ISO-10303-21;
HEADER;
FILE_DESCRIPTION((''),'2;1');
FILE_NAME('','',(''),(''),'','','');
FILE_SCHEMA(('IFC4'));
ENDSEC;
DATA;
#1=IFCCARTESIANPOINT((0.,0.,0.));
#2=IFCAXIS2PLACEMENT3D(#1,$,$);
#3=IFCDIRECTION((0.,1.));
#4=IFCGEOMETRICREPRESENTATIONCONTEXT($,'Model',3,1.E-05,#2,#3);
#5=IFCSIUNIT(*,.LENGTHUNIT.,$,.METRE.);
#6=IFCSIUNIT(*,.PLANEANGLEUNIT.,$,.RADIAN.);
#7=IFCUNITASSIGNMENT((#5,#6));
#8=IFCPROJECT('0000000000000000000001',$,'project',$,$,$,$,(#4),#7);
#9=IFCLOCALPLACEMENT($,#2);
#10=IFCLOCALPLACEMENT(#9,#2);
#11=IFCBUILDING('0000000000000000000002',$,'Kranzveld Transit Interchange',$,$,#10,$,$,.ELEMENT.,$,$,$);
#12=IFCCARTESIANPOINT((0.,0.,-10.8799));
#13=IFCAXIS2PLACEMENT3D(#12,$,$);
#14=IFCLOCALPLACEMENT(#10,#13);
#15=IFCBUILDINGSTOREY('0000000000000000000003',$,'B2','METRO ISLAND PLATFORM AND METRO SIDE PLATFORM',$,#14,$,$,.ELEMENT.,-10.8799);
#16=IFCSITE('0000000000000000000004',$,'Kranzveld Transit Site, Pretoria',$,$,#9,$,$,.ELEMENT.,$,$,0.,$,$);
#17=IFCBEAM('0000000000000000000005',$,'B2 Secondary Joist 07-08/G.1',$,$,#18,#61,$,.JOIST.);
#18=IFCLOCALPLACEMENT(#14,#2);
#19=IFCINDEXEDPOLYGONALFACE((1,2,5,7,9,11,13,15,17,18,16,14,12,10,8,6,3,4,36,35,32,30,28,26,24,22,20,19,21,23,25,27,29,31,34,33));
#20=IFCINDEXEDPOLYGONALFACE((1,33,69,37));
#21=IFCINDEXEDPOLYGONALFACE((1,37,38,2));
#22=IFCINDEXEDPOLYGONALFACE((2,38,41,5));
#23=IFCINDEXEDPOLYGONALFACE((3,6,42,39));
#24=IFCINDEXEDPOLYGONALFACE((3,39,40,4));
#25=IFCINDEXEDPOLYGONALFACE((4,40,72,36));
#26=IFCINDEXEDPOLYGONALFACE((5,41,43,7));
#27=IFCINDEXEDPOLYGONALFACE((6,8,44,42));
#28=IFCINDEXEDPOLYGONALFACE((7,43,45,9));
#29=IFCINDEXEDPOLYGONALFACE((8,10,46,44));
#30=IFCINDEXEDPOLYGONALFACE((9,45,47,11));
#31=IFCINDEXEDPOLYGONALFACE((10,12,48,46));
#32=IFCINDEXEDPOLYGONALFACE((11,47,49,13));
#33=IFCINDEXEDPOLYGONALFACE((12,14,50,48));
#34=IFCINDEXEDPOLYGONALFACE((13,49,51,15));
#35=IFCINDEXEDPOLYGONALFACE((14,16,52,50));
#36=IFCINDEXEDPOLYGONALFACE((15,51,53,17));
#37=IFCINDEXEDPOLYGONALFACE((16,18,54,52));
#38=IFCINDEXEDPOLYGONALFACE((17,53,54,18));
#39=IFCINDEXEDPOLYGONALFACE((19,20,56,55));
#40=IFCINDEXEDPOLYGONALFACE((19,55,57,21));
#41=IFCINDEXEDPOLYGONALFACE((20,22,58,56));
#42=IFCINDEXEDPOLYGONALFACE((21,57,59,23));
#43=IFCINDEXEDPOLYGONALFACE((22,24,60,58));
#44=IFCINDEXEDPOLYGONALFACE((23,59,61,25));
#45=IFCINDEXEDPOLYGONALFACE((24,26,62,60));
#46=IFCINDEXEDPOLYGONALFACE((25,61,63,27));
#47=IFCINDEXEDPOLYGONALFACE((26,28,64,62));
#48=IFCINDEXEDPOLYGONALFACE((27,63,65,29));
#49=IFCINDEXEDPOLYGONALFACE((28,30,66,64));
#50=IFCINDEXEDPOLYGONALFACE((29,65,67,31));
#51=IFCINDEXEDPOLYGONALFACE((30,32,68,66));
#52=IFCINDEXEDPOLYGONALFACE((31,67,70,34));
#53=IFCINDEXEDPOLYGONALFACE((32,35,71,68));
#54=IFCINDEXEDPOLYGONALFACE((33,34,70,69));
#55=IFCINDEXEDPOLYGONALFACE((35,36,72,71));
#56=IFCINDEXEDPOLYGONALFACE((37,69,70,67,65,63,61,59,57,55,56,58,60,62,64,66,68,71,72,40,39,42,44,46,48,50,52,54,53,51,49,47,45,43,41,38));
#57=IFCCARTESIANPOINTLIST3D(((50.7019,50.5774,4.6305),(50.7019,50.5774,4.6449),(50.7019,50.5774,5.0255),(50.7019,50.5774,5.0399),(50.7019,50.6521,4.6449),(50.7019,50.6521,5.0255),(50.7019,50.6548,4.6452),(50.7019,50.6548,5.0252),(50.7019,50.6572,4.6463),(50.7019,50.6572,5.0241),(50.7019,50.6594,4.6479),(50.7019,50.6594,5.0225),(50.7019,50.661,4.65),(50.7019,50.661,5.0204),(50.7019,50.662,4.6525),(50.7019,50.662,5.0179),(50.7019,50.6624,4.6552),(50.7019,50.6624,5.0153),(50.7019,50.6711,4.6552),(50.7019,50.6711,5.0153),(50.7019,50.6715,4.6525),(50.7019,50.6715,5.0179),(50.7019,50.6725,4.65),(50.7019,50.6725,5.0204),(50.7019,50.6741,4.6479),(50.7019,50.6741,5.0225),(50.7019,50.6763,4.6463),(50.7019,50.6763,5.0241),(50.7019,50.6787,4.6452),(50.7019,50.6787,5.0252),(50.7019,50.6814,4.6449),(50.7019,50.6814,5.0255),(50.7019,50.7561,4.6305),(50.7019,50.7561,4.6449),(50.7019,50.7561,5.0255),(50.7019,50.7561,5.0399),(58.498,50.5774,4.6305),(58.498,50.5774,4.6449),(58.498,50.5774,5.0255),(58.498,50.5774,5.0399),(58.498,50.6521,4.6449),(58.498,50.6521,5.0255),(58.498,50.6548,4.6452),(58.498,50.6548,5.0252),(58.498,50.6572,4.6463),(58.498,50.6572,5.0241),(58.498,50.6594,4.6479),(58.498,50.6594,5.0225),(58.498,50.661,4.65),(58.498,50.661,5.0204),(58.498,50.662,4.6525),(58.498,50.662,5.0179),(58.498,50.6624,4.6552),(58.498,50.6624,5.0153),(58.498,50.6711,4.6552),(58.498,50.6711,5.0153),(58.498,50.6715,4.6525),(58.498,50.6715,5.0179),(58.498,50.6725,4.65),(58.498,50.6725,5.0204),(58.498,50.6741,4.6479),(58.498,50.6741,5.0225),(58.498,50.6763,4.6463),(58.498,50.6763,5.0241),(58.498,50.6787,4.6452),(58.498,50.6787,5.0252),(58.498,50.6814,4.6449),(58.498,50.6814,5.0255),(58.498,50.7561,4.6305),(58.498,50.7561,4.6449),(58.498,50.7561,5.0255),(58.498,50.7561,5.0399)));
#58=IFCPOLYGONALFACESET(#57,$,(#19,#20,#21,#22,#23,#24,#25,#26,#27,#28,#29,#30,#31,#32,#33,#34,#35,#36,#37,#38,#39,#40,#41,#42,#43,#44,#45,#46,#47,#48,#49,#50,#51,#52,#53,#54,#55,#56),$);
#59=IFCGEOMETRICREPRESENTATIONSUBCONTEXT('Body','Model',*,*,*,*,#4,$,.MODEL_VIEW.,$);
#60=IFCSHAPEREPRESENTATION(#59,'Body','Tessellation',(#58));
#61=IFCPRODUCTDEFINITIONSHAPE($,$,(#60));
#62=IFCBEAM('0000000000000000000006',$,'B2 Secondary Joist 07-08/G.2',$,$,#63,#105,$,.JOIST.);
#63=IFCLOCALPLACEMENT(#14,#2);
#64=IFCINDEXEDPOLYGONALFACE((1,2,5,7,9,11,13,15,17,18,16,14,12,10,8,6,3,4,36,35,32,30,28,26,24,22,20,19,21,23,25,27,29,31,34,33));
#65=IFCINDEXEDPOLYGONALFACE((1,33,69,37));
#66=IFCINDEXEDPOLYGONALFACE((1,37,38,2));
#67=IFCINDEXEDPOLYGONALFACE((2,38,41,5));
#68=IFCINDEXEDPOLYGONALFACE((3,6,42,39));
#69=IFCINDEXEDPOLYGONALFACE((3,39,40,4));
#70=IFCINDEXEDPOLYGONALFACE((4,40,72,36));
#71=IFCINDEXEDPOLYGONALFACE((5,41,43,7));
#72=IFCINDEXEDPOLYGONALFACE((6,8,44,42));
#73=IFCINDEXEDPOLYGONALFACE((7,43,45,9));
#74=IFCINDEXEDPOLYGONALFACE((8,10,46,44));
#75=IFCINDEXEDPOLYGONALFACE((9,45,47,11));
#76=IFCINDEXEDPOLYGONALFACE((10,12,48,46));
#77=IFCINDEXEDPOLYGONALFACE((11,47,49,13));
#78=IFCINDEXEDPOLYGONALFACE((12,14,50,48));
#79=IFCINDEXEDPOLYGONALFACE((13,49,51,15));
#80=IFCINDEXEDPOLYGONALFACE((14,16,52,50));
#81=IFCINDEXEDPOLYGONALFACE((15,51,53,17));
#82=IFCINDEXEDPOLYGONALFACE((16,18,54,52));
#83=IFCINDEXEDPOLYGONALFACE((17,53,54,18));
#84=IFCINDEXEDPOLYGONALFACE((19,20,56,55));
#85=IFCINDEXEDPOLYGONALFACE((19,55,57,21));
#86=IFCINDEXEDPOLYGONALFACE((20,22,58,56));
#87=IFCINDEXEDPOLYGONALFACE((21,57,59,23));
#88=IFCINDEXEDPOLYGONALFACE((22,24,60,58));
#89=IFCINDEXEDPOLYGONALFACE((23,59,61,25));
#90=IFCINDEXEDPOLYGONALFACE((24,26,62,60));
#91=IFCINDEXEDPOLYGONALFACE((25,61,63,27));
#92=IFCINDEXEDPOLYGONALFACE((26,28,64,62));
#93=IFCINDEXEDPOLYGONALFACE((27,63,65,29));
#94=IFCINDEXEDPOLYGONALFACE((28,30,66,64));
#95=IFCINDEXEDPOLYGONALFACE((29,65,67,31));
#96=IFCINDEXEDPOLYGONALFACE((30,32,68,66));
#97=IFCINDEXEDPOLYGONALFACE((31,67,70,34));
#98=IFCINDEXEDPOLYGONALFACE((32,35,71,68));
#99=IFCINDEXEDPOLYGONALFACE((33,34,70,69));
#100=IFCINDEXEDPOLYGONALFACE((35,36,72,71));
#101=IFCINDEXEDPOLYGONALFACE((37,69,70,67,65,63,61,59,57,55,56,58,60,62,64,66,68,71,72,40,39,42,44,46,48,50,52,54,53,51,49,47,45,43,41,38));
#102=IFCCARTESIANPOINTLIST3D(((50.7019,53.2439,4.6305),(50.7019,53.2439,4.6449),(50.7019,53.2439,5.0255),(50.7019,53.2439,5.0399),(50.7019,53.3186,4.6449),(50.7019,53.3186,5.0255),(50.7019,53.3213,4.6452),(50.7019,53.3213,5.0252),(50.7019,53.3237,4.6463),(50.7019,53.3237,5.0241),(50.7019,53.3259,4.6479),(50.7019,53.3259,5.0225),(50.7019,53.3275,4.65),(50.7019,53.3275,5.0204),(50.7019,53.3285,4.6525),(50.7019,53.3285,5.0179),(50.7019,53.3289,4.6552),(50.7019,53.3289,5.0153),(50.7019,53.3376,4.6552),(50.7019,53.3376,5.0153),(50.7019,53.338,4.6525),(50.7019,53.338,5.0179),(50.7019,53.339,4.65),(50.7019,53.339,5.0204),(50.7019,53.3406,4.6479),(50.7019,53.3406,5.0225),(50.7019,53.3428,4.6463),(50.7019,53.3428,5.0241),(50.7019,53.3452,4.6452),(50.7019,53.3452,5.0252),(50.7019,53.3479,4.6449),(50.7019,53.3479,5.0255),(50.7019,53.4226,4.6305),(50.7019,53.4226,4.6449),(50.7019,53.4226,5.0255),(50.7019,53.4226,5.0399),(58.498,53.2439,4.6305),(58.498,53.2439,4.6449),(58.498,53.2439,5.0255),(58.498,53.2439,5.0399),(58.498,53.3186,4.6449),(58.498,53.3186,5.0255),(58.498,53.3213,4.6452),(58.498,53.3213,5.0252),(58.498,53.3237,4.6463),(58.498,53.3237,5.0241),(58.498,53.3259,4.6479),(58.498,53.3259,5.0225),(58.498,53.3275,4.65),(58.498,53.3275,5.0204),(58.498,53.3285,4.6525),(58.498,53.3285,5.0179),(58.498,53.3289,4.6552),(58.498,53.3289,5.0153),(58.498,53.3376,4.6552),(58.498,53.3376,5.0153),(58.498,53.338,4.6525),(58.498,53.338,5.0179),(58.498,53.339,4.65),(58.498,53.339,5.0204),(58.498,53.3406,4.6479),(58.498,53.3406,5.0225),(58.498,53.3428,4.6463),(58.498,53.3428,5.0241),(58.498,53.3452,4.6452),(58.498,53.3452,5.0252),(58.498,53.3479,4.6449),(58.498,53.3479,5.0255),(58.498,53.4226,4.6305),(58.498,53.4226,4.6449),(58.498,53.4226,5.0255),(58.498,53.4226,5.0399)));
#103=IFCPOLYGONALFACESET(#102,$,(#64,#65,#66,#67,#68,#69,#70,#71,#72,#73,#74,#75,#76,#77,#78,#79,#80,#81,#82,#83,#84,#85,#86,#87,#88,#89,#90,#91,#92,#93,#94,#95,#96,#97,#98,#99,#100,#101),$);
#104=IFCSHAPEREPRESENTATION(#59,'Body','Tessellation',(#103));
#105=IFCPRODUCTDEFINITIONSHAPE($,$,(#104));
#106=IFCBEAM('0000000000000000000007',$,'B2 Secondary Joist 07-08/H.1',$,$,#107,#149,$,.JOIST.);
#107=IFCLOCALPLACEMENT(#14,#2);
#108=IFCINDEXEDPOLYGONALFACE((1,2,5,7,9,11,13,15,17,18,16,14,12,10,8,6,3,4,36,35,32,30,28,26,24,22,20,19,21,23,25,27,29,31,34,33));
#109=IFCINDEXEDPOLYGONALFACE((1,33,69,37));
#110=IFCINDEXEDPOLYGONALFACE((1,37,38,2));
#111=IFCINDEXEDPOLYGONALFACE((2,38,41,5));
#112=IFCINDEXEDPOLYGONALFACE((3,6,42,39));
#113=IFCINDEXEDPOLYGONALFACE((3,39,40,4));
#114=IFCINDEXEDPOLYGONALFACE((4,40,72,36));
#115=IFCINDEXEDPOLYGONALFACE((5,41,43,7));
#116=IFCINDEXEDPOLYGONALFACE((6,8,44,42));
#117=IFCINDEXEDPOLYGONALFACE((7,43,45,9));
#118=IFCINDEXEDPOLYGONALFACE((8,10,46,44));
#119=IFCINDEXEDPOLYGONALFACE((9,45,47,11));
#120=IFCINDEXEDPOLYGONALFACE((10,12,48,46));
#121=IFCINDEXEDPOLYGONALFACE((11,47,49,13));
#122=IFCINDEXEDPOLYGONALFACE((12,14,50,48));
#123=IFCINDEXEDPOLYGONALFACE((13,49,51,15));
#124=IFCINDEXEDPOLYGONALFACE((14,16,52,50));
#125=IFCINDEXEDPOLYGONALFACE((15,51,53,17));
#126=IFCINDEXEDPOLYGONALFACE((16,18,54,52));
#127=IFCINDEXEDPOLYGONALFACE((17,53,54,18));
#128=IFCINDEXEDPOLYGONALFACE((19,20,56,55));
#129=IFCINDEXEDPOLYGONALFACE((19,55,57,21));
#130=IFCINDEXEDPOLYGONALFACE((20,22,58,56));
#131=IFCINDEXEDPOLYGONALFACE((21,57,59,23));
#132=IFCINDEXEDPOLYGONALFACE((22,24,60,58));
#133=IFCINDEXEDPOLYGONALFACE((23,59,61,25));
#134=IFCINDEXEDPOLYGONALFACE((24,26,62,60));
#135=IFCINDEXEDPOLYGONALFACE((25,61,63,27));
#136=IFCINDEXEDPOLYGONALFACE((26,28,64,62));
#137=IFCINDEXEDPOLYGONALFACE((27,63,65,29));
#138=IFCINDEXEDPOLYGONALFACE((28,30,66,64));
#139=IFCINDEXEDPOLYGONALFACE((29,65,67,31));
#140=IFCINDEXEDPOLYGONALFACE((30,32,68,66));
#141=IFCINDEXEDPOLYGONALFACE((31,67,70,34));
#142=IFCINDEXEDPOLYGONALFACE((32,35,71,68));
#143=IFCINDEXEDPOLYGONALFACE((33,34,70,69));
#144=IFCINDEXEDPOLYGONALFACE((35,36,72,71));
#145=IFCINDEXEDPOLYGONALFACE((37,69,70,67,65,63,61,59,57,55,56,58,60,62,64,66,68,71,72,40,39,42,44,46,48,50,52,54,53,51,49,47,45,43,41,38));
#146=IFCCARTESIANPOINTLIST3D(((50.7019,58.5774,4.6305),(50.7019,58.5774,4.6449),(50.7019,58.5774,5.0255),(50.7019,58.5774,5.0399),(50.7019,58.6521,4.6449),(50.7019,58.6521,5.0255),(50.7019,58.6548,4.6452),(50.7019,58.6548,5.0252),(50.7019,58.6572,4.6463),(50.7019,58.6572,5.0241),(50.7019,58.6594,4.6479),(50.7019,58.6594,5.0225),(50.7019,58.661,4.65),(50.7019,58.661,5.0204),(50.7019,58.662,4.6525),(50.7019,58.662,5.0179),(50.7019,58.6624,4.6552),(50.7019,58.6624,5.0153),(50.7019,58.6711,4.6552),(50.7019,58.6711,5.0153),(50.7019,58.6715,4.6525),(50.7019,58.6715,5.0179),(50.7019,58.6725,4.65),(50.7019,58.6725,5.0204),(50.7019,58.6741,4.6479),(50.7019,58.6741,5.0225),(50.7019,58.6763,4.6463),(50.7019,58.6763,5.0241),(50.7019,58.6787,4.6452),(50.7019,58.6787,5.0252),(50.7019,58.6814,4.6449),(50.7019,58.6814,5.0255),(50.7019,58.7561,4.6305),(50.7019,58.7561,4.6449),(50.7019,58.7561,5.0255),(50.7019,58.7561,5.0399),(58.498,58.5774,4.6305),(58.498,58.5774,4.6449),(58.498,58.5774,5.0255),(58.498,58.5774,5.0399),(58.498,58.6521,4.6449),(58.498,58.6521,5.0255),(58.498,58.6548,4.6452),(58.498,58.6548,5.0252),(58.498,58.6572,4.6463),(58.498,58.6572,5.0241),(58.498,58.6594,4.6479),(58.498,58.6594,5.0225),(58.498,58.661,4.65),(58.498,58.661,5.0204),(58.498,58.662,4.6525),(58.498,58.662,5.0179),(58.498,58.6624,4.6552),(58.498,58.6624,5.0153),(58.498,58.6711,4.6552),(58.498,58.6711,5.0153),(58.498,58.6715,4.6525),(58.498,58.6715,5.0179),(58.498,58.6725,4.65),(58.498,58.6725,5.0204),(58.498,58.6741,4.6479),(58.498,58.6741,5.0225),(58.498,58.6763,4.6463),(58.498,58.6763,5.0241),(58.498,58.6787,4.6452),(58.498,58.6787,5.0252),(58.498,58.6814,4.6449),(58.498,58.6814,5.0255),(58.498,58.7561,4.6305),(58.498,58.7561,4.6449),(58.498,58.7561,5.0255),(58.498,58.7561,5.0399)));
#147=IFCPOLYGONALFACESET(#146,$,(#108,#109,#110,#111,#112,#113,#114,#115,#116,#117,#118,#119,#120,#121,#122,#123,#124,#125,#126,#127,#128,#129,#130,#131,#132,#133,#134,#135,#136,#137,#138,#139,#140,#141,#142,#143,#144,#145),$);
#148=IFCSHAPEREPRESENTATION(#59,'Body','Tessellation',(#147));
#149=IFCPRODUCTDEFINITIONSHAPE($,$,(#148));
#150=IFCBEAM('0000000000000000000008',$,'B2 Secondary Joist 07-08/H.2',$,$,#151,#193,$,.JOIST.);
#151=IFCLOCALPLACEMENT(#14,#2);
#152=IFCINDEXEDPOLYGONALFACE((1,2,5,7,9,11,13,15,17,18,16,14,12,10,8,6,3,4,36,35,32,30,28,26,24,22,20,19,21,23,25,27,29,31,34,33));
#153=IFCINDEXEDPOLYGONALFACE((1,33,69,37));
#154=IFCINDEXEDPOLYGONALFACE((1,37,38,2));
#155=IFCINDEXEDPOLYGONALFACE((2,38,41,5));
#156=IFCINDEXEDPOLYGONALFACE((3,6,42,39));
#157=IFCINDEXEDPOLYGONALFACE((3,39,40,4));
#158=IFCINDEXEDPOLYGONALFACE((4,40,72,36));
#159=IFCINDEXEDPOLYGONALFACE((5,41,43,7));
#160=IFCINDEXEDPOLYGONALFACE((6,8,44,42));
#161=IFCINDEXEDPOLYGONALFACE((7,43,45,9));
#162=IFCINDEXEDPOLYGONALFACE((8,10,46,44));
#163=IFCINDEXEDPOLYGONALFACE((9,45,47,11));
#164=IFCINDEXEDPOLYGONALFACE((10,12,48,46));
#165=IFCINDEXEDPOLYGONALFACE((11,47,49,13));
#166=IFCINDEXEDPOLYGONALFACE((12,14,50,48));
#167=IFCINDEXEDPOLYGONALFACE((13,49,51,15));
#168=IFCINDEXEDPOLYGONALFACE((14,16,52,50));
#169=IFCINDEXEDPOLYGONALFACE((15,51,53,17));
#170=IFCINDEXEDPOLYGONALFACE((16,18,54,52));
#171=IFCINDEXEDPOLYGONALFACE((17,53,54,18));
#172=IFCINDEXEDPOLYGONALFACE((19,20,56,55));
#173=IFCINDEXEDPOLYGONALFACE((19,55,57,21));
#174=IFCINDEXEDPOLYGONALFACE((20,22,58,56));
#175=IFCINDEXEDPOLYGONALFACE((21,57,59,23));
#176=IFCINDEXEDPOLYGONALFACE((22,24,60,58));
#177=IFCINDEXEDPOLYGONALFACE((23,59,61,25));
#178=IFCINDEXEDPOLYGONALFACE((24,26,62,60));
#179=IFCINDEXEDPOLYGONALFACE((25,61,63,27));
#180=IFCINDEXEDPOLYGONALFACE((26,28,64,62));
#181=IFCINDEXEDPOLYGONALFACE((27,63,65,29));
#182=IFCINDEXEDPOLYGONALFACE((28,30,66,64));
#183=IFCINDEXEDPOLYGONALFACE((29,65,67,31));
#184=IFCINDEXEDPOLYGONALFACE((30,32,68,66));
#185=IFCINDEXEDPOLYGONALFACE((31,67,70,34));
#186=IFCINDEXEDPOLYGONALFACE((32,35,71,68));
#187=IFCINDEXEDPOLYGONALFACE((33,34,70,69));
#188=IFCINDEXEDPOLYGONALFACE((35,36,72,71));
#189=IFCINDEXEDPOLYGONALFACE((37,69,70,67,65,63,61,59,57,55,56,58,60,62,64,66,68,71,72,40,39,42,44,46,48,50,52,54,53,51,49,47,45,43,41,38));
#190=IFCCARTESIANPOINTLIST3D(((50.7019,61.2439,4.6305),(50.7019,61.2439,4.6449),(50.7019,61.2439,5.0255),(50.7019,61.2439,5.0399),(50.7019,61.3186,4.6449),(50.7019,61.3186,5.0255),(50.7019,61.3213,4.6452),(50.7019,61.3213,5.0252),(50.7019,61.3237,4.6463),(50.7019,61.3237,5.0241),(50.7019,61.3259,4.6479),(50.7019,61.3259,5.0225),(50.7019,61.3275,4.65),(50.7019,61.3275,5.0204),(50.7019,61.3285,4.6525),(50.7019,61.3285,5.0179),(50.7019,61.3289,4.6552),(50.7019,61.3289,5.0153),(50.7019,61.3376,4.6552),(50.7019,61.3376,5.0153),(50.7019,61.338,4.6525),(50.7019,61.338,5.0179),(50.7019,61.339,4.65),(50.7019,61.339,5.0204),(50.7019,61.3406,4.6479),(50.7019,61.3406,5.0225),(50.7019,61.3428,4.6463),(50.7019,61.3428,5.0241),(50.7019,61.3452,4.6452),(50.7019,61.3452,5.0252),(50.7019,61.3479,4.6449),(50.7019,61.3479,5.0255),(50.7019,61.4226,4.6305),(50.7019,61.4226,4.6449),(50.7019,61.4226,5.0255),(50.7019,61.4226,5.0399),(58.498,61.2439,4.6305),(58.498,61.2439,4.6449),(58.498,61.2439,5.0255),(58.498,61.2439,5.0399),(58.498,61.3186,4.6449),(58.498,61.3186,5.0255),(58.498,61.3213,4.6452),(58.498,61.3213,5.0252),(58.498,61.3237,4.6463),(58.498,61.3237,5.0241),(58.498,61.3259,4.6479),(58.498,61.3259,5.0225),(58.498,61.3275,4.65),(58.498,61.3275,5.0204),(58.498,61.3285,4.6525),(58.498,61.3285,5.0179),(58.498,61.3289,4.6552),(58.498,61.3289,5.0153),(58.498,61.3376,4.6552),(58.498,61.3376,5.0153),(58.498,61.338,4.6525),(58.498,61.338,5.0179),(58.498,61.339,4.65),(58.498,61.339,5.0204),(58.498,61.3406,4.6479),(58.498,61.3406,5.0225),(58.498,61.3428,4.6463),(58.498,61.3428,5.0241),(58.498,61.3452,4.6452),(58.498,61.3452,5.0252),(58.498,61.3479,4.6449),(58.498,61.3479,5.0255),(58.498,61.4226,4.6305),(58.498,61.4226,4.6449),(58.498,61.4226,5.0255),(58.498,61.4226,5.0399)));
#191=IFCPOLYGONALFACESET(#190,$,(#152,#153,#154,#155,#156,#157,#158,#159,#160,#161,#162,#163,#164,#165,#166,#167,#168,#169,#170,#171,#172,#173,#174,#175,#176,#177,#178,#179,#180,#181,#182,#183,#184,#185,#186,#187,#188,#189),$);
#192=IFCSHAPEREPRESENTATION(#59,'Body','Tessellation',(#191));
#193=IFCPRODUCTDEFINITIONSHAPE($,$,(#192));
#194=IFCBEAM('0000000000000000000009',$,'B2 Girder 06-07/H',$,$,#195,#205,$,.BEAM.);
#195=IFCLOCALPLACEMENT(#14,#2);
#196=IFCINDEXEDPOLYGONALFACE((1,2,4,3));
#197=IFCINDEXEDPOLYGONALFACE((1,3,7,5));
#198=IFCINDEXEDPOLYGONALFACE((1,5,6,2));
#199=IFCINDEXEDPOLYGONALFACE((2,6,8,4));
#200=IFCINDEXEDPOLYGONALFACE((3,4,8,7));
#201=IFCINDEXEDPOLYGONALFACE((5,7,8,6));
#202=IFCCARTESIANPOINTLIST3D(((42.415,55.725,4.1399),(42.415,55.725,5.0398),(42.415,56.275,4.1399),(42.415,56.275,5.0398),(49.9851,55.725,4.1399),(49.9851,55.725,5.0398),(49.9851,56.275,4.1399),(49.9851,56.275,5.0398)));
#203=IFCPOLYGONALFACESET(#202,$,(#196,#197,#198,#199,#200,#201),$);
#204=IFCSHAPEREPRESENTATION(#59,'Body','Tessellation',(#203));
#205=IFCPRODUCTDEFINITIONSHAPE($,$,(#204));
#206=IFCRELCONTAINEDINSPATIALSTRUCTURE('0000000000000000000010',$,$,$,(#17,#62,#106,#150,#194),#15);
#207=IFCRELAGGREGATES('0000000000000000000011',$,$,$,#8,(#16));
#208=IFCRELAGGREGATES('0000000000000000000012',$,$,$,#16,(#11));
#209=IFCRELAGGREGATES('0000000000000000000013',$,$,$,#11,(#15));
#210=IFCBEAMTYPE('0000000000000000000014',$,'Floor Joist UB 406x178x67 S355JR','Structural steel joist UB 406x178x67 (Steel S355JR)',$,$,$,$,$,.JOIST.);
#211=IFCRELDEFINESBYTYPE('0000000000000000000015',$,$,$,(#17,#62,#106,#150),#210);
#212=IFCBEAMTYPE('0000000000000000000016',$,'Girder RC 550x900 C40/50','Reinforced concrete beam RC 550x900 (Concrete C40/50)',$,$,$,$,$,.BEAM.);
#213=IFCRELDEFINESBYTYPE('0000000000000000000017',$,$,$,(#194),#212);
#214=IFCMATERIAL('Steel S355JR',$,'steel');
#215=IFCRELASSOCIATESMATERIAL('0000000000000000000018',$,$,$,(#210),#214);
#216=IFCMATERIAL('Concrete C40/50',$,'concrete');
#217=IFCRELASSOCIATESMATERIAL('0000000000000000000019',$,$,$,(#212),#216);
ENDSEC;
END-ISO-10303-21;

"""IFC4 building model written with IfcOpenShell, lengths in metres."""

from ifc_helpers import new_model, si_unit, direction, frame, origin, origin_2d, place, context, subcontext, project, spatial, rectangle, i_section, extrude, material, material_profile, profile_set, type_object, element, save


model = new_model("IFC4")

# Units and contexts
model_context = context("Model", 3, precision=1e-05, world=origin(), true_north=direction((0.0, 1.0)))
body_context = subcontext(model_context, "Body", "Model", "MODEL_VIEW")
ifc_project = project(units=[si_unit("LENGTHUNIT", "METRE"), si_unit("PLANEANGLEUNIT", "RADIAN")], contexts=[model_context])

# Site, building, storey
site_placement = place(None, origin())
site = spatial("IfcSite", under=ifc_project, at=site_placement, Name="Kranzveld Transit Site, Pretoria", CompositionType="ELEMENT", RefElevation=0.0)
building_placement = place(site_placement, origin())
building = spatial("IfcBuilding", under=site, at=building_placement, Name="Kranzveld Transit Interchange", CompositionType="ELEMENT")
storey_placement = place(building_placement, frame((0.0, 0.0, -10.8799)))
storey = spatial("IfcBuildingStorey", under=building, at=storey_placement, Name="B2", Description="METRO ISLAND PLATFORM AND METRO SIDE PLATFORM", CompositionType="ELEMENT", Elevation=-10.8799)

# Beams
ifc_material_1 = material(Name="Steel S355JR", Category="steel")
ifc_material_profile_1 = material_profile(ifc_material_1, i_section(OverallWidth=0.1787, OverallDepth=0.4094, WebThickness=0.0088, FlangeThickness=0.0144, FilletRadius=0.0103, at=origin_2d()), Name="UB 406x178x67")
ifc_profile_set_1 = profile_set([ifc_material_profile_1], Name="Steel S355JR")
beam_type_1 = type_object("IfcBeamType", Name="Floor Joist UB 406x178x67 S355JR", Description="Structural steel joist UB 406x178x67 (Steel S355JR)", PredefinedType="JOIST", material=ifc_profile_set_1)
for number, where, z_axis, x_axis, name in (
    (1, (50.7019, 50.6667, 4.8352), (1.0, 0.0, 0.0), (0.0, 1.0, 0.0), "B2 Secondary Joist 07-08/G.1"),
    (2, (50.7019, 53.3333, 4.8352), (1.0, 0.0, 0.0), (0.0, 1.0, 0.0), "B2 Secondary Joist 07-08/G.2"),
    (3, (50.7019, 58.6667, 4.8352), (1.0, 0.0, 0.0), (0.0, 1.0, 0.0), "B2 Secondary Joist 07-08/H.1"),
    (4, (50.7019, 61.3333, 4.8352), (1.0, 0.0, 0.0), (0.0, 1.0, 0.0), "B2 Secondary Joist 07-08/H.2"),
):
    element("IfcBeam", number, at=place(storey_placement, frame(where, z_axis=z_axis, x_axis=x_axis)), inside=storey, type_object=beam_type_1, Name=name, PredefinedType="JOIST", context=body_context, shape_type="SweptSolid", body=[
        extrude(i_section(OverallWidth=0.1787, OverallDepth=0.4094, WebThickness=0.0088, FlangeThickness=0.0144, FilletRadius=0.0103, at=origin_2d()), origin(), (0.0, 0.0, 1.0), 7.7961),
    ])
ifc_material_2 = material(Name="Concrete C40/50", Category="concrete")
ifc_material_profile_2 = material_profile(ifc_material_2, rectangle(XDim=0.55, YDim=0.8999, at=origin_2d()), Name="RC 550x900")
ifc_profile_set_2 = profile_set([ifc_material_profile_2], Name="Concrete C40/50")
beam_type_2 = type_object("IfcBeamType", Name="Girder RC 550x900 C40/50", Description="Reinforced concrete beam RC 550x900 (Concrete C40/50)", PredefinedType="BEAM", material=ifc_profile_set_2)
beam_1_placement = place(storey_placement, frame((42.415, 56.0, 4.5898), z_axis=(1.0, 0.0, 0.0), x_axis=(0.0, 1.0, 0.0)))
element("IfcBeam", 5, at=beam_1_placement, inside=storey, type_object=beam_type_2, Name="B2 Girder 06-07/H", PredefinedType="BEAM", context=body_context, shape_type="SweptSolid", body=[
    extrude(rectangle(XDim=0.55, YDim=0.8999, at=origin_2d()), origin(), (0.0, 0.0, 1.0), 7.5701),
])

save(model, "model.ifc")
